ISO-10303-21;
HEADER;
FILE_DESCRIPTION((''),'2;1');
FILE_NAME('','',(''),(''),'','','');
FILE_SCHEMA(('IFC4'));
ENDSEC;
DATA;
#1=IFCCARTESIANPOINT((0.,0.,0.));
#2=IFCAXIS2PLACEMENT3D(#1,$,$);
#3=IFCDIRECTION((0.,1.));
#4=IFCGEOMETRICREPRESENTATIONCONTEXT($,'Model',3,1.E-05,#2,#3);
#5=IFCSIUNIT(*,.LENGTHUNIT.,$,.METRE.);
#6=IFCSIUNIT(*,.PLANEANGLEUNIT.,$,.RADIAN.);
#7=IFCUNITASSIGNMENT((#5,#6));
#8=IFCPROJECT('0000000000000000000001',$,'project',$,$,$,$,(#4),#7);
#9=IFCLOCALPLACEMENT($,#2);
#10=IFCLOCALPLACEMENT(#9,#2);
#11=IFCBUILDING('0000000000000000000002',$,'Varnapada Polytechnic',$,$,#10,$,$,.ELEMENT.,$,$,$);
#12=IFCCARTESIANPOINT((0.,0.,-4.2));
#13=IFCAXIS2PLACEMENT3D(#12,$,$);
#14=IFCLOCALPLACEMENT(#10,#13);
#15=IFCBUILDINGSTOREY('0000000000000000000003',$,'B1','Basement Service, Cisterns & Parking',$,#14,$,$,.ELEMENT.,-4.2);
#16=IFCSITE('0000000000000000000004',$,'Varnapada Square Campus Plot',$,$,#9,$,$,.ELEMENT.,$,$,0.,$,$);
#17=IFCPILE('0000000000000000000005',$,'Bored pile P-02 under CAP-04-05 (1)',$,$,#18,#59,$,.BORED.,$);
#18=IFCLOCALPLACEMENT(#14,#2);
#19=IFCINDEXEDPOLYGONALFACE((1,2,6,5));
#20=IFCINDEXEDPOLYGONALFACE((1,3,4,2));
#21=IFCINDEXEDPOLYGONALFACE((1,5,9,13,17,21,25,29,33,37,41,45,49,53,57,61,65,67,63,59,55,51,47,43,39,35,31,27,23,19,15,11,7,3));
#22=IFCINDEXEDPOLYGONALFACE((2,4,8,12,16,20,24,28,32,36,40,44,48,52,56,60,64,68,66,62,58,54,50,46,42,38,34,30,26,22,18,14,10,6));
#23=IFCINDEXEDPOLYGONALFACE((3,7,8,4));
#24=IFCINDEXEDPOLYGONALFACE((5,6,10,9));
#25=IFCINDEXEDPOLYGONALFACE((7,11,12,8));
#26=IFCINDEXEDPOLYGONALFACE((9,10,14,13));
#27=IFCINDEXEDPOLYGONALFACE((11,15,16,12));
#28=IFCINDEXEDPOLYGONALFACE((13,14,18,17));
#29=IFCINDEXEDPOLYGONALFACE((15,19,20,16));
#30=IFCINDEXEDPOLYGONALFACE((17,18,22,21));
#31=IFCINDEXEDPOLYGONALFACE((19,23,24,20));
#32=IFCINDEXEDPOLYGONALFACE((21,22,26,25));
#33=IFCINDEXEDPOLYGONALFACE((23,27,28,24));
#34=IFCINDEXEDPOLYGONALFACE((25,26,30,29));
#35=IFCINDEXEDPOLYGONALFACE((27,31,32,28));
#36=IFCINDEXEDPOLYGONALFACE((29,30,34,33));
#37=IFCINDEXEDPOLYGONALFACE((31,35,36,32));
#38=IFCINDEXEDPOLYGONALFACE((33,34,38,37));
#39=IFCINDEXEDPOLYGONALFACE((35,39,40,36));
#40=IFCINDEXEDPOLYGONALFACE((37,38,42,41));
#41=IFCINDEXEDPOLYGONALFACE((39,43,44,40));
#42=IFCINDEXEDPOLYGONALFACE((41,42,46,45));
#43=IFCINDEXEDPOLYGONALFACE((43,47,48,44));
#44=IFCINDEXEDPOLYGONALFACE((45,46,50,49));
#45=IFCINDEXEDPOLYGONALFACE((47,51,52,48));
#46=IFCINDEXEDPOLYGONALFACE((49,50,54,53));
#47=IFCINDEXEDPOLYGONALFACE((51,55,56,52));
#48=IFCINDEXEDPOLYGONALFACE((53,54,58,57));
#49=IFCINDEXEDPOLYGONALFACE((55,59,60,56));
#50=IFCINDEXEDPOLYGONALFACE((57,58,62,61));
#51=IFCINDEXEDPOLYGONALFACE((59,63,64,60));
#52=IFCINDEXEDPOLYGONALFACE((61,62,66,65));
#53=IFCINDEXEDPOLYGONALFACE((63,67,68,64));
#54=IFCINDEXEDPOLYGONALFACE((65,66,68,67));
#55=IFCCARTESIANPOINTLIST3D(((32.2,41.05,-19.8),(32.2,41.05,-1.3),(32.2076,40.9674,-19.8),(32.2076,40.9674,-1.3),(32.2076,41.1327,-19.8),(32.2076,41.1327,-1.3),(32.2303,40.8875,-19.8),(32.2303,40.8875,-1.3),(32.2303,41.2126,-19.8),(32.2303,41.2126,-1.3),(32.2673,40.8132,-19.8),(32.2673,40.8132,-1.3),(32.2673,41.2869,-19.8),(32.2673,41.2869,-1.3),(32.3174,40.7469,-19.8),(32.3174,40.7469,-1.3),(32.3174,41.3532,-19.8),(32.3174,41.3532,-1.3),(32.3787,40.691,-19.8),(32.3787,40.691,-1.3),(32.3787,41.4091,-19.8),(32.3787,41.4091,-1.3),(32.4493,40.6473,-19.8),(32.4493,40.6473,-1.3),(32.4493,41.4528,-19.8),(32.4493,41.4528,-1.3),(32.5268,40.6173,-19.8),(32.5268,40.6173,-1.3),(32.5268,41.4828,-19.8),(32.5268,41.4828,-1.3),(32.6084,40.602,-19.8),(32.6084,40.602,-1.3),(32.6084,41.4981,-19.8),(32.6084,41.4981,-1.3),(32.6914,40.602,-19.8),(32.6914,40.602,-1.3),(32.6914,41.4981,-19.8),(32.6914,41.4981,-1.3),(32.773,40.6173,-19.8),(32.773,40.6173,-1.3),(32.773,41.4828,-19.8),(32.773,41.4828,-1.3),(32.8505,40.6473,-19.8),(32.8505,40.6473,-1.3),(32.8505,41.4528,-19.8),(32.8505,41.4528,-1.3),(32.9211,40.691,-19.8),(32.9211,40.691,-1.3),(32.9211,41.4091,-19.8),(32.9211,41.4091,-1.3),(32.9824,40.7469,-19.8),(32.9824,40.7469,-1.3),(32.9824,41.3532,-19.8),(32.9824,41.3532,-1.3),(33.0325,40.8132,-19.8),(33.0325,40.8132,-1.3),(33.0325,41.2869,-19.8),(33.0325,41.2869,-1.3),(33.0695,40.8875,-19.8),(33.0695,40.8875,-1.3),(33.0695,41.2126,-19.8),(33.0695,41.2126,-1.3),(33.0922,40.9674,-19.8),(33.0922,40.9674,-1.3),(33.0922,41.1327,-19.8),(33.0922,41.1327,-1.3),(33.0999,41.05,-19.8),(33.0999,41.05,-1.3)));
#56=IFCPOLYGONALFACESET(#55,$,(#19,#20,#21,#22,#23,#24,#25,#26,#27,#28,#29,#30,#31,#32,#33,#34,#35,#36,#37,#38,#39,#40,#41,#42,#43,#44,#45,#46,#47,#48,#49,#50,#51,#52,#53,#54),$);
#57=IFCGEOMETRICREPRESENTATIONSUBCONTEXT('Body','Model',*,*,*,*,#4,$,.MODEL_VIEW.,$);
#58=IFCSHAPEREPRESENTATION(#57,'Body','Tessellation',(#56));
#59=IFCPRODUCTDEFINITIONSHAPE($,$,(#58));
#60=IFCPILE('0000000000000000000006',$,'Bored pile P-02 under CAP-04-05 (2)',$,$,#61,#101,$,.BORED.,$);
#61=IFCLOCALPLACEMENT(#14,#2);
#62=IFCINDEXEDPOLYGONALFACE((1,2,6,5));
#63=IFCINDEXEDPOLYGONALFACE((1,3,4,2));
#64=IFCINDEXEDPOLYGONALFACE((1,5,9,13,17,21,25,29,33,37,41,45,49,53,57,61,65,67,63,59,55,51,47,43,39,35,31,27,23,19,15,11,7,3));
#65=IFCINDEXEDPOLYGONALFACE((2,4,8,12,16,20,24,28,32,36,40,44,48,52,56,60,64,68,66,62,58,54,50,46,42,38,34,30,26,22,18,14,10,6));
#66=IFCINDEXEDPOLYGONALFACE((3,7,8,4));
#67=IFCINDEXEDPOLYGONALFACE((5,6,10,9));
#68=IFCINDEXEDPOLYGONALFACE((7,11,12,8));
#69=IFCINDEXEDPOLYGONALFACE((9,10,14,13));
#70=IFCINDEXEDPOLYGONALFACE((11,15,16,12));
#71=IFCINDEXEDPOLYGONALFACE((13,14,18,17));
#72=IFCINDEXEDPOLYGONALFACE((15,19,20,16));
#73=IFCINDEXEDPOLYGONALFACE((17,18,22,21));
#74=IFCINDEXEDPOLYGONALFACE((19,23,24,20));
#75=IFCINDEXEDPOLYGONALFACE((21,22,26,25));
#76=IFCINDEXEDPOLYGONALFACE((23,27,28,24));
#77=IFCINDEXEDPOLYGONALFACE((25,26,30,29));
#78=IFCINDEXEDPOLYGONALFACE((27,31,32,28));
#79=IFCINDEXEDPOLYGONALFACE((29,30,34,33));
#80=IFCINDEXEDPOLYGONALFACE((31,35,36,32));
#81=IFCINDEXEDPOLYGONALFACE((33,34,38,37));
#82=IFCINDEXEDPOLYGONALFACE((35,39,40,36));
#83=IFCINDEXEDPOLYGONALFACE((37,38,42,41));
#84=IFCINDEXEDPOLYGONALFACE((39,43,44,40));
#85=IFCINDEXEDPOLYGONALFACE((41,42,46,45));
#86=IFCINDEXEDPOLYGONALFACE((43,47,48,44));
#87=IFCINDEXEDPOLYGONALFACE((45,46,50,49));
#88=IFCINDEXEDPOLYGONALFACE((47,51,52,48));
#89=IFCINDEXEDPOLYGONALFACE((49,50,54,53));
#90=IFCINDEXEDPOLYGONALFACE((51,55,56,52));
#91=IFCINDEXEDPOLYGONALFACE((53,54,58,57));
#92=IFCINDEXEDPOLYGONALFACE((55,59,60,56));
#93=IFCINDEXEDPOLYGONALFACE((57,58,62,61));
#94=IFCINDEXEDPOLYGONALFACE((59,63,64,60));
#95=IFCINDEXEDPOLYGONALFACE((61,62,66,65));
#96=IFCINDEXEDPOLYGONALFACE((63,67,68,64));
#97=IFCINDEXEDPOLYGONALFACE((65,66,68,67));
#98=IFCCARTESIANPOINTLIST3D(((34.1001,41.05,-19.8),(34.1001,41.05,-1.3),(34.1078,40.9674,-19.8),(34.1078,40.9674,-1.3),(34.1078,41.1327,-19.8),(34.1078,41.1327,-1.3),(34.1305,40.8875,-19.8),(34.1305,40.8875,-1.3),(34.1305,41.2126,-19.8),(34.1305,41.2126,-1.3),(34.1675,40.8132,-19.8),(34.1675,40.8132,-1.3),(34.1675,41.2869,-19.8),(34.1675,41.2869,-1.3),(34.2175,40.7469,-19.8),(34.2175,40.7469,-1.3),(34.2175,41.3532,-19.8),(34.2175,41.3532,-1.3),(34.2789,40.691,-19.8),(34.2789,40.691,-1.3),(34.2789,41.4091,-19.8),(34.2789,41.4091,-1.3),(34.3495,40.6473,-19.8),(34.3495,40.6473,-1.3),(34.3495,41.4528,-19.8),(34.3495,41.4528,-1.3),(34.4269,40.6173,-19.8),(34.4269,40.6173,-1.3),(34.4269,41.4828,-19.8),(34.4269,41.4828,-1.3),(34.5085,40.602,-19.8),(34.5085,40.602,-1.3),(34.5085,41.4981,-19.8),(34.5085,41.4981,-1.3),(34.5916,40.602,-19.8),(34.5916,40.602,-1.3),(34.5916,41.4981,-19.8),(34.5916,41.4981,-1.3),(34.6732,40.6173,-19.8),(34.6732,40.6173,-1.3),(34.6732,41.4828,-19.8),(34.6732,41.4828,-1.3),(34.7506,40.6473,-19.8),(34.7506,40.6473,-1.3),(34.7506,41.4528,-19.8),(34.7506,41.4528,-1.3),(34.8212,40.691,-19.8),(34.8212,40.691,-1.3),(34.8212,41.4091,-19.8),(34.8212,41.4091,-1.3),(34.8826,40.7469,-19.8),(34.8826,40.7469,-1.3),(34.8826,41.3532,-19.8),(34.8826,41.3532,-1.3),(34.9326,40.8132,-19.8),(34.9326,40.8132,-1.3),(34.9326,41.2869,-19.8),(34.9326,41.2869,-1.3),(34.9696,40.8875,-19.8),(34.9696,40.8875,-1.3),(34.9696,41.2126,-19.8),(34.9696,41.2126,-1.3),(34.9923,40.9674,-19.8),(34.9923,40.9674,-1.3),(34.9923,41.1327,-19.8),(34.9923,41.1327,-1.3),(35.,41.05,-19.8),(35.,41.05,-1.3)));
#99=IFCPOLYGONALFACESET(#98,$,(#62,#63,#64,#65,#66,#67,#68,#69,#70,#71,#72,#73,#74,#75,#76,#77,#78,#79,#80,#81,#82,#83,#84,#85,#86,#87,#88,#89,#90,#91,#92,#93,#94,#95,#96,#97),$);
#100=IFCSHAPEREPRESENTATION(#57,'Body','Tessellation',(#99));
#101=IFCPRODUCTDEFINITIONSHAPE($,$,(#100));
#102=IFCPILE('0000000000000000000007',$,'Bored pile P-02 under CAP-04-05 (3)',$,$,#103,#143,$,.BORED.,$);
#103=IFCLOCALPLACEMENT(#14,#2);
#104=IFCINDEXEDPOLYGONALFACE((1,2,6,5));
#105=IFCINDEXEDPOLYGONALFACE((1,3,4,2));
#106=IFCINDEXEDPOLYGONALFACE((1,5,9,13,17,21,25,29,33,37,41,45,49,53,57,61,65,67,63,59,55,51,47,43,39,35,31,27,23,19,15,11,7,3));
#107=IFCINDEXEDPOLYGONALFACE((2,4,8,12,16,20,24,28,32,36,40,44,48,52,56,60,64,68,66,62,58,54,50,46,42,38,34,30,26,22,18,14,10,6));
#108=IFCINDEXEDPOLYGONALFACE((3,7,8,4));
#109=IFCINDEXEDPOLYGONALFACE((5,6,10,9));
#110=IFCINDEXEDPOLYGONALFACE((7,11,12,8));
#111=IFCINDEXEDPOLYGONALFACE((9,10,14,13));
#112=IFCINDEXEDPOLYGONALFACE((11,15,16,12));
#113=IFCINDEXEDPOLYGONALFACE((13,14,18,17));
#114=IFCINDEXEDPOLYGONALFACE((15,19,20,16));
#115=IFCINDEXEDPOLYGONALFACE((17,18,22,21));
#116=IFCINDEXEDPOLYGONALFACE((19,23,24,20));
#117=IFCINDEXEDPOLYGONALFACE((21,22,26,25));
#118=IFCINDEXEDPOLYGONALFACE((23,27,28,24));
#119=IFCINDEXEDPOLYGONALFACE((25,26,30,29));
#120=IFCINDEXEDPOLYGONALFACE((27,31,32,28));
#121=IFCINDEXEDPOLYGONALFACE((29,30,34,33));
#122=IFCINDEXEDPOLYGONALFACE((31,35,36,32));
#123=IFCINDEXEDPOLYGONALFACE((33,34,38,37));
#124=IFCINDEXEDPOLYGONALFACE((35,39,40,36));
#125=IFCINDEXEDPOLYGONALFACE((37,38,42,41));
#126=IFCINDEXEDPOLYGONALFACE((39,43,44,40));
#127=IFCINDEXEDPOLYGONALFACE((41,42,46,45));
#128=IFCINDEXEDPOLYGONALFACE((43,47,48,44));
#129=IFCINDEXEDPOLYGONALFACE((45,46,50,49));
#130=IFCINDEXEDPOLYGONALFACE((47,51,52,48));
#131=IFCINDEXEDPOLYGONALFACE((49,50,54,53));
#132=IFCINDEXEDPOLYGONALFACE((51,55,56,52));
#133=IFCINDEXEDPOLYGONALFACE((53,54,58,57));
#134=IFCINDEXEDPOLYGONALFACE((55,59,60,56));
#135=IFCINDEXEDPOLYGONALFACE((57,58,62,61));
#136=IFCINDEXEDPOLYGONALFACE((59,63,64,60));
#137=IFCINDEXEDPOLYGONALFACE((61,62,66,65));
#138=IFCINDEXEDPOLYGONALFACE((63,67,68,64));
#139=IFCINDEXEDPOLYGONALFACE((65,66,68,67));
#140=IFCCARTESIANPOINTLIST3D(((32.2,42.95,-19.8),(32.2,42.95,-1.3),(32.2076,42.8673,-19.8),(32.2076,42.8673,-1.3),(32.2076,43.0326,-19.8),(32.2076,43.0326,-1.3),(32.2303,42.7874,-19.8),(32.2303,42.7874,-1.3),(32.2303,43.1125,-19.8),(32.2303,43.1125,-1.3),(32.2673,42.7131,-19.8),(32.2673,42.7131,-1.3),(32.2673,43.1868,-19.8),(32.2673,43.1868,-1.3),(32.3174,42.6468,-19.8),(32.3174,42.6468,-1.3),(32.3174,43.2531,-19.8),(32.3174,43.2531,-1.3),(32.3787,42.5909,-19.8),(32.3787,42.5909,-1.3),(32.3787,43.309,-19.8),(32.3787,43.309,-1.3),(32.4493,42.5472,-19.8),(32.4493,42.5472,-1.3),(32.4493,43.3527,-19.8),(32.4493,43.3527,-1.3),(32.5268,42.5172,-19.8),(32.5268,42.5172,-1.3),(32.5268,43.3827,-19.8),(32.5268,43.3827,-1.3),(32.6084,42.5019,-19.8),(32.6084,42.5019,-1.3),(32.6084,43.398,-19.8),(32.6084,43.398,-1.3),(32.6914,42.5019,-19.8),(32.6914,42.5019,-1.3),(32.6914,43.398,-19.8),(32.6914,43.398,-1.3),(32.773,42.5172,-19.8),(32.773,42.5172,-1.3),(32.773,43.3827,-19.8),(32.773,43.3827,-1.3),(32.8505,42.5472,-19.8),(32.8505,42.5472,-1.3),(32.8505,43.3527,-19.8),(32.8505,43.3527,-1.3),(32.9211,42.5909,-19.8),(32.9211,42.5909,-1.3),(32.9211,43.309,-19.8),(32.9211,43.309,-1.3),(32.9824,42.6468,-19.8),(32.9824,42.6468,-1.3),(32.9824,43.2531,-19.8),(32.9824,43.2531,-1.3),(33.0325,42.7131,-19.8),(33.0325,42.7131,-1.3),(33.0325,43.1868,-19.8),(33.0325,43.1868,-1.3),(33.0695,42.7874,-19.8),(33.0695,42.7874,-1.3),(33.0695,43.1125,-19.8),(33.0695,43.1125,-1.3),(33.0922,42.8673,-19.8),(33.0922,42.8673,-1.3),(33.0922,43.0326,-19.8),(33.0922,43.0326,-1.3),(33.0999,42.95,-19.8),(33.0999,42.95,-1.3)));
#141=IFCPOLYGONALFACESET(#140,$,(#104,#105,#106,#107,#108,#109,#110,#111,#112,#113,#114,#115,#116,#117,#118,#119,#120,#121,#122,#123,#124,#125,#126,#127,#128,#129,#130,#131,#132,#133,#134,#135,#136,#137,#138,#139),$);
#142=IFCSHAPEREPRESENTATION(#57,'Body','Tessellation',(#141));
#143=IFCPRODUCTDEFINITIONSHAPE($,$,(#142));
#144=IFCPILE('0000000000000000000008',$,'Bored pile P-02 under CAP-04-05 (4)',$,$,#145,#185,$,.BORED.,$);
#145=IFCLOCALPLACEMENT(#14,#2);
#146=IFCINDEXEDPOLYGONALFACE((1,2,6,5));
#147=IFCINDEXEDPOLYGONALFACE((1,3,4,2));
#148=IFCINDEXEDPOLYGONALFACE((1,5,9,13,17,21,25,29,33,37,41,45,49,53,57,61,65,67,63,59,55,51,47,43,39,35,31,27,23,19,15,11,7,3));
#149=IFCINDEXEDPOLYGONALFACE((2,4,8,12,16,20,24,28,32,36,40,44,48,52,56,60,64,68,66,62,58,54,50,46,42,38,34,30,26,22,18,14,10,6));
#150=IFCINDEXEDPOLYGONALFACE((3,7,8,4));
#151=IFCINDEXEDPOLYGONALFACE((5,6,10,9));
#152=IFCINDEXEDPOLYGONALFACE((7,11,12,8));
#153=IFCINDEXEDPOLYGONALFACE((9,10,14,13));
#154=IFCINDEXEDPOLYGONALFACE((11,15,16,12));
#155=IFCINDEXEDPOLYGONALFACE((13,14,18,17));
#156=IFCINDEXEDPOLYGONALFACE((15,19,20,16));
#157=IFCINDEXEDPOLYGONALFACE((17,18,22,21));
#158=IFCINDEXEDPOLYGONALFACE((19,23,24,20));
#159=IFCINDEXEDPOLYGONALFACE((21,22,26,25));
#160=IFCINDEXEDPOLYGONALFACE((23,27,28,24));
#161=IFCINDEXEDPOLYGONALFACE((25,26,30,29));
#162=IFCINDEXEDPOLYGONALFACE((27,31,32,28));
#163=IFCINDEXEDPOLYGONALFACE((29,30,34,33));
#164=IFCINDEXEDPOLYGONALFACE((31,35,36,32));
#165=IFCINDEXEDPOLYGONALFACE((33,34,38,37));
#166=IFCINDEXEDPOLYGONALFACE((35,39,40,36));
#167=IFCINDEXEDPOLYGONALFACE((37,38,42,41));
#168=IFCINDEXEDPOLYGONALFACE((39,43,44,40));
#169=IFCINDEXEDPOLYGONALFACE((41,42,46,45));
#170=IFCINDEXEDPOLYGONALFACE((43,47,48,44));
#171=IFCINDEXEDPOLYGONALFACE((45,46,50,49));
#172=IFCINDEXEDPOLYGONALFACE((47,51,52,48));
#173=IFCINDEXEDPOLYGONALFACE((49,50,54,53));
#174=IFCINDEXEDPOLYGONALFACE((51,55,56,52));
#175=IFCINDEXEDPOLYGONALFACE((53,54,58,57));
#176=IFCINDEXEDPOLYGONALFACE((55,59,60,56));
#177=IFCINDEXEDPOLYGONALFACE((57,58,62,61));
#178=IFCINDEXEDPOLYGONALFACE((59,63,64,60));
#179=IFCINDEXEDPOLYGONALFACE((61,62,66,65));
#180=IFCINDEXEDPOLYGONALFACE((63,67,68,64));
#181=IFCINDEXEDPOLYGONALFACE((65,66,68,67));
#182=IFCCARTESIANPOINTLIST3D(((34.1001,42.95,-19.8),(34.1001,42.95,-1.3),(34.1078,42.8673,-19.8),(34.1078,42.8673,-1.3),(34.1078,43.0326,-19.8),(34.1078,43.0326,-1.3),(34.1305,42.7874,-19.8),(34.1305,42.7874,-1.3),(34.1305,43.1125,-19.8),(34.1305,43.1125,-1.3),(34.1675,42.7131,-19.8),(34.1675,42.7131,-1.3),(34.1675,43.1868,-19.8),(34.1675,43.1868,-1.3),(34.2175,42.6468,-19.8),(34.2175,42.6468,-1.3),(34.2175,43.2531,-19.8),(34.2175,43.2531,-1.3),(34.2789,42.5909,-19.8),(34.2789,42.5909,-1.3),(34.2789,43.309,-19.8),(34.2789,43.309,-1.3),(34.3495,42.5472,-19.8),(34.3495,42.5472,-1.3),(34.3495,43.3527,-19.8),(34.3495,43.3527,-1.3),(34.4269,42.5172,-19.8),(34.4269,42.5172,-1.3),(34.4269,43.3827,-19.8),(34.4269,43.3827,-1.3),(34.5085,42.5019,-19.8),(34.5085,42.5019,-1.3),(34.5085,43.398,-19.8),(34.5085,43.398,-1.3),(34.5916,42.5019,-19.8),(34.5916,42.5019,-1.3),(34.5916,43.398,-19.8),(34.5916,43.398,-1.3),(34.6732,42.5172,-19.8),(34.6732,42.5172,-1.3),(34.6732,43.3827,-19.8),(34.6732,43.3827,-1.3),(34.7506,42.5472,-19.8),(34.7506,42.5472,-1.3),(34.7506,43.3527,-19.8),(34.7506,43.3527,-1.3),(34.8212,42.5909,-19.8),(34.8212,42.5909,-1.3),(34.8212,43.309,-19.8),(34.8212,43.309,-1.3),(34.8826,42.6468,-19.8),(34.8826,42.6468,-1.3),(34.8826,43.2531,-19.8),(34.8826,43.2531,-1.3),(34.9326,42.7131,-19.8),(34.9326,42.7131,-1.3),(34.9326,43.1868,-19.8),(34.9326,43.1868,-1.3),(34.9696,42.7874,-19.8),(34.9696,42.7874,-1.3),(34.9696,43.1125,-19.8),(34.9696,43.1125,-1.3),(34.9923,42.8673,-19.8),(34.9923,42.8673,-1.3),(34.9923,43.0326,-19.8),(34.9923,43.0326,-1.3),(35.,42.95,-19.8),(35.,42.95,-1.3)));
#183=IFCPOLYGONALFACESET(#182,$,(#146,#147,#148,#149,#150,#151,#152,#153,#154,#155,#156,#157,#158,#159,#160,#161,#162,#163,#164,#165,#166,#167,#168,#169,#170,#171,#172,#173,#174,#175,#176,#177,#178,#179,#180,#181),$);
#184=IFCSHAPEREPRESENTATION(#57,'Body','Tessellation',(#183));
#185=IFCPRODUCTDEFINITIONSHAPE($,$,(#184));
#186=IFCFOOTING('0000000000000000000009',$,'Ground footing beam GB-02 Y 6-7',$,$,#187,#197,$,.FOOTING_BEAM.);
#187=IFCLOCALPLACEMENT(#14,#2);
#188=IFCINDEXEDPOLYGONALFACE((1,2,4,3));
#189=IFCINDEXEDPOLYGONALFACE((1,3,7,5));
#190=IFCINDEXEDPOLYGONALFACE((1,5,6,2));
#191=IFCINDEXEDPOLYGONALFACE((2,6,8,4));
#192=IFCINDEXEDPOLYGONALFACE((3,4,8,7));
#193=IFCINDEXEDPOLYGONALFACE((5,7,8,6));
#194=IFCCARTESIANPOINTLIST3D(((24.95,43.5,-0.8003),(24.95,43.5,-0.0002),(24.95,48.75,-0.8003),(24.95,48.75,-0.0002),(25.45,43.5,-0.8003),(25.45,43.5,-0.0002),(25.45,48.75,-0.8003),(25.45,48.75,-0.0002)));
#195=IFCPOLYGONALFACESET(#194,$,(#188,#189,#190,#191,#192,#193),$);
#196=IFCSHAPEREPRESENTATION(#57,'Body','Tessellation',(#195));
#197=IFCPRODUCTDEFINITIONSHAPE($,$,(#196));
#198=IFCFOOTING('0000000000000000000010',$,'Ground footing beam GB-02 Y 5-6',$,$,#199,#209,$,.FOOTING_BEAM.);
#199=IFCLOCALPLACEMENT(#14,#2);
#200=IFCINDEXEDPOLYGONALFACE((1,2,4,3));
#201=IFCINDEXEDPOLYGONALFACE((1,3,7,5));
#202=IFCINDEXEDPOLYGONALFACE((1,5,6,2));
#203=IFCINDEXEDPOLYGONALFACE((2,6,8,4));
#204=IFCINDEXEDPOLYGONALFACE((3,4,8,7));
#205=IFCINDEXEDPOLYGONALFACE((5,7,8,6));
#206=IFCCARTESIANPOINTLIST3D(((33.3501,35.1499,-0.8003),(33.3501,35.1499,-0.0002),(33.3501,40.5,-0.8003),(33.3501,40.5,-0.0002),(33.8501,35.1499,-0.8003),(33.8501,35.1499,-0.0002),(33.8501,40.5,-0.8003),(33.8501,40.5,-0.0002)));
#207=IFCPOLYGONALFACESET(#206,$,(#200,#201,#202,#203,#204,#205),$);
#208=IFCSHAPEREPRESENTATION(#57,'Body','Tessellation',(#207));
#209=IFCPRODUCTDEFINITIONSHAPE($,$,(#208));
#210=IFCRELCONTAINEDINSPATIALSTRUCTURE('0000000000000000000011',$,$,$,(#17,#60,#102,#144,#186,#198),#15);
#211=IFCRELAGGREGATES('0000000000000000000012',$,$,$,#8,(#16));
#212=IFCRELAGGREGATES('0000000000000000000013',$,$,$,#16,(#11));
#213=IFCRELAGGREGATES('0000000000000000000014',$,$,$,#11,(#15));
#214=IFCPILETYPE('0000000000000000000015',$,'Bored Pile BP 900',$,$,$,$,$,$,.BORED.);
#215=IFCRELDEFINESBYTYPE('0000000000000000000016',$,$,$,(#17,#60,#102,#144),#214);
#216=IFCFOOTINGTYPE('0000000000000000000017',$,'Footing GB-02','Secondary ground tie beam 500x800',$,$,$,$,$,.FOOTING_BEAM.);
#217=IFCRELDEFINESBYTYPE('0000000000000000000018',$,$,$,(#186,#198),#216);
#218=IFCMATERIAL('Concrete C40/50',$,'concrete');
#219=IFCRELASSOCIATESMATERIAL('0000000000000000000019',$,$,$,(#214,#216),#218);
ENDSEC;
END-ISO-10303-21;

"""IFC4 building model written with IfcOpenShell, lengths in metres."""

from ifc_helpers import new_model, si_unit, direction, frame, origin, origin_2d, place, context, subcontext, project, spatial, rectangle, circle, extrude, material, material_profile, profile_set, type_object, element, save


model = new_model("IFC4")

# Units and contexts
model_context = context("Model", 3, precision=1e-05, world=origin(), true_north=direction((0.0, 1.0)))
body_context = subcontext(model_context, "Body", "Model", "MODEL_VIEW")
ifc_project = project(units=[si_unit("LENGTHUNIT", "METRE"), si_unit("PLANEANGLEUNIT", "RADIAN")], contexts=[model_context])

# Site, building, storey
site_placement = place(None, origin())
site = spatial("IfcSite", under=ifc_project, at=site_placement, Name="Varnapada Square Campus Plot", CompositionType="ELEMENT", RefElevation=0.0)
building_placement = place(site_placement, origin())
building = spatial("IfcBuilding", under=site, at=building_placement, Name="Varnapada Polytechnic", CompositionType="ELEMENT")
storey_placement = place(building_placement, frame((0.0, 0.0, -4.2)))
storey = spatial("IfcBuildingStorey", under=building, at=storey_placement, Name="B1", Description="Basement Service, Cisterns & Parking", CompositionType="ELEMENT", Elevation=-4.2)

# Piles
ifc_material_1 = material(Name="Concrete C40/50", Category="concrete")
ifc_material_profile_1 = material_profile(ifc_material_1, circle(Radius=0.45, at=origin_2d()), Name="BP 900")
ifc_profile_set_1 = profile_set([ifc_material_profile_1], Name="Concrete C40/50")
pile_type_1 = type_object("IfcPileType", Name="Bored Pile BP 900", PredefinedType="BORED", material=ifc_profile_set_1)
for number, where, z_axis, x_axis, name in (
    (1, (32.6499, 41.05, -1.3), (0.0, 0.0, -1.0), (1.0, 0.0, 0.0), "Bored pile P-02 under CAP-04-05 (1)"),
    (2, (34.55, 41.05, -1.3), (0.0, 0.0, -1.0), (1.0, 0.0, 0.0), "Bored pile P-02 under CAP-04-05 (2)"),
    (3, (32.6499, 42.95, -1.3), (0.0, 0.0, -1.0), (1.0, 0.0, 0.0), "Bored pile P-02 under CAP-04-05 (3)"),
    (4, (34.55, 42.95, -1.3), (0.0, 0.0, -1.0), (1.0, 0.0, 0.0), "Bored pile P-02 under CAP-04-05 (4)"),
):
    element("IfcPile", number, at=place(storey_placement, frame(where, z_axis=z_axis, x_axis=x_axis)), inside=storey, type_object=pile_type_1, Name=name, PredefinedType="BORED", context=body_context, shape_type="SweptSolid", body=[
        extrude(circle(Radius=0.45, at=origin_2d()), origin(), (0.0, 0.0, 1.0), 18.5),
    ])

# Footings
footing_type_1 = type_object("IfcFootingType", Name="Footing GB-02", Description="Secondary ground tie beam 500x800", PredefinedType="FOOTING_BEAM", material=ifc_material_1)
footing_1_placement = place(storey_placement, frame((25.2, 46.125, -0.8003), z_axis=(0.0, 0.0, 1.0), x_axis=(0.0, 1.0, 0.0)))
element("IfcFooting", 5, at=footing_1_placement, inside=storey, type_object=footing_type_1, Name="Ground footing beam GB-02 Y 6-7", PredefinedType="FOOTING_BEAM", context=body_context, shape_type="SweptSolid", body=[
    extrude(rectangle(XDim=5.25, YDim=0.5, at=origin_2d()), origin(), (0.0, 0.0, 1.0), 0.8),
])
for number, where, z_axis, x_axis, name in (
    (6, (33.6001, 37.825, -0.8003), (0.0, 0.0, 1.0), (0.0, 1.0, 0.0), "Ground footing beam GB-02 Y 5-6"),
):
    element("IfcFooting", number, at=place(storey_placement, frame(where, z_axis=z_axis, x_axis=x_axis)), inside=storey, type_object=footing_type_1, Name=name, PredefinedType="FOOTING_BEAM", context=body_context, shape_type="SweptSolid", body=[
        extrude(rectangle(XDim=5.3501, YDim=0.5, at=origin_2d()), origin(), (0.0, 0.0, 1.0), 0.8),
    ])

save(model, "model.ifc")
